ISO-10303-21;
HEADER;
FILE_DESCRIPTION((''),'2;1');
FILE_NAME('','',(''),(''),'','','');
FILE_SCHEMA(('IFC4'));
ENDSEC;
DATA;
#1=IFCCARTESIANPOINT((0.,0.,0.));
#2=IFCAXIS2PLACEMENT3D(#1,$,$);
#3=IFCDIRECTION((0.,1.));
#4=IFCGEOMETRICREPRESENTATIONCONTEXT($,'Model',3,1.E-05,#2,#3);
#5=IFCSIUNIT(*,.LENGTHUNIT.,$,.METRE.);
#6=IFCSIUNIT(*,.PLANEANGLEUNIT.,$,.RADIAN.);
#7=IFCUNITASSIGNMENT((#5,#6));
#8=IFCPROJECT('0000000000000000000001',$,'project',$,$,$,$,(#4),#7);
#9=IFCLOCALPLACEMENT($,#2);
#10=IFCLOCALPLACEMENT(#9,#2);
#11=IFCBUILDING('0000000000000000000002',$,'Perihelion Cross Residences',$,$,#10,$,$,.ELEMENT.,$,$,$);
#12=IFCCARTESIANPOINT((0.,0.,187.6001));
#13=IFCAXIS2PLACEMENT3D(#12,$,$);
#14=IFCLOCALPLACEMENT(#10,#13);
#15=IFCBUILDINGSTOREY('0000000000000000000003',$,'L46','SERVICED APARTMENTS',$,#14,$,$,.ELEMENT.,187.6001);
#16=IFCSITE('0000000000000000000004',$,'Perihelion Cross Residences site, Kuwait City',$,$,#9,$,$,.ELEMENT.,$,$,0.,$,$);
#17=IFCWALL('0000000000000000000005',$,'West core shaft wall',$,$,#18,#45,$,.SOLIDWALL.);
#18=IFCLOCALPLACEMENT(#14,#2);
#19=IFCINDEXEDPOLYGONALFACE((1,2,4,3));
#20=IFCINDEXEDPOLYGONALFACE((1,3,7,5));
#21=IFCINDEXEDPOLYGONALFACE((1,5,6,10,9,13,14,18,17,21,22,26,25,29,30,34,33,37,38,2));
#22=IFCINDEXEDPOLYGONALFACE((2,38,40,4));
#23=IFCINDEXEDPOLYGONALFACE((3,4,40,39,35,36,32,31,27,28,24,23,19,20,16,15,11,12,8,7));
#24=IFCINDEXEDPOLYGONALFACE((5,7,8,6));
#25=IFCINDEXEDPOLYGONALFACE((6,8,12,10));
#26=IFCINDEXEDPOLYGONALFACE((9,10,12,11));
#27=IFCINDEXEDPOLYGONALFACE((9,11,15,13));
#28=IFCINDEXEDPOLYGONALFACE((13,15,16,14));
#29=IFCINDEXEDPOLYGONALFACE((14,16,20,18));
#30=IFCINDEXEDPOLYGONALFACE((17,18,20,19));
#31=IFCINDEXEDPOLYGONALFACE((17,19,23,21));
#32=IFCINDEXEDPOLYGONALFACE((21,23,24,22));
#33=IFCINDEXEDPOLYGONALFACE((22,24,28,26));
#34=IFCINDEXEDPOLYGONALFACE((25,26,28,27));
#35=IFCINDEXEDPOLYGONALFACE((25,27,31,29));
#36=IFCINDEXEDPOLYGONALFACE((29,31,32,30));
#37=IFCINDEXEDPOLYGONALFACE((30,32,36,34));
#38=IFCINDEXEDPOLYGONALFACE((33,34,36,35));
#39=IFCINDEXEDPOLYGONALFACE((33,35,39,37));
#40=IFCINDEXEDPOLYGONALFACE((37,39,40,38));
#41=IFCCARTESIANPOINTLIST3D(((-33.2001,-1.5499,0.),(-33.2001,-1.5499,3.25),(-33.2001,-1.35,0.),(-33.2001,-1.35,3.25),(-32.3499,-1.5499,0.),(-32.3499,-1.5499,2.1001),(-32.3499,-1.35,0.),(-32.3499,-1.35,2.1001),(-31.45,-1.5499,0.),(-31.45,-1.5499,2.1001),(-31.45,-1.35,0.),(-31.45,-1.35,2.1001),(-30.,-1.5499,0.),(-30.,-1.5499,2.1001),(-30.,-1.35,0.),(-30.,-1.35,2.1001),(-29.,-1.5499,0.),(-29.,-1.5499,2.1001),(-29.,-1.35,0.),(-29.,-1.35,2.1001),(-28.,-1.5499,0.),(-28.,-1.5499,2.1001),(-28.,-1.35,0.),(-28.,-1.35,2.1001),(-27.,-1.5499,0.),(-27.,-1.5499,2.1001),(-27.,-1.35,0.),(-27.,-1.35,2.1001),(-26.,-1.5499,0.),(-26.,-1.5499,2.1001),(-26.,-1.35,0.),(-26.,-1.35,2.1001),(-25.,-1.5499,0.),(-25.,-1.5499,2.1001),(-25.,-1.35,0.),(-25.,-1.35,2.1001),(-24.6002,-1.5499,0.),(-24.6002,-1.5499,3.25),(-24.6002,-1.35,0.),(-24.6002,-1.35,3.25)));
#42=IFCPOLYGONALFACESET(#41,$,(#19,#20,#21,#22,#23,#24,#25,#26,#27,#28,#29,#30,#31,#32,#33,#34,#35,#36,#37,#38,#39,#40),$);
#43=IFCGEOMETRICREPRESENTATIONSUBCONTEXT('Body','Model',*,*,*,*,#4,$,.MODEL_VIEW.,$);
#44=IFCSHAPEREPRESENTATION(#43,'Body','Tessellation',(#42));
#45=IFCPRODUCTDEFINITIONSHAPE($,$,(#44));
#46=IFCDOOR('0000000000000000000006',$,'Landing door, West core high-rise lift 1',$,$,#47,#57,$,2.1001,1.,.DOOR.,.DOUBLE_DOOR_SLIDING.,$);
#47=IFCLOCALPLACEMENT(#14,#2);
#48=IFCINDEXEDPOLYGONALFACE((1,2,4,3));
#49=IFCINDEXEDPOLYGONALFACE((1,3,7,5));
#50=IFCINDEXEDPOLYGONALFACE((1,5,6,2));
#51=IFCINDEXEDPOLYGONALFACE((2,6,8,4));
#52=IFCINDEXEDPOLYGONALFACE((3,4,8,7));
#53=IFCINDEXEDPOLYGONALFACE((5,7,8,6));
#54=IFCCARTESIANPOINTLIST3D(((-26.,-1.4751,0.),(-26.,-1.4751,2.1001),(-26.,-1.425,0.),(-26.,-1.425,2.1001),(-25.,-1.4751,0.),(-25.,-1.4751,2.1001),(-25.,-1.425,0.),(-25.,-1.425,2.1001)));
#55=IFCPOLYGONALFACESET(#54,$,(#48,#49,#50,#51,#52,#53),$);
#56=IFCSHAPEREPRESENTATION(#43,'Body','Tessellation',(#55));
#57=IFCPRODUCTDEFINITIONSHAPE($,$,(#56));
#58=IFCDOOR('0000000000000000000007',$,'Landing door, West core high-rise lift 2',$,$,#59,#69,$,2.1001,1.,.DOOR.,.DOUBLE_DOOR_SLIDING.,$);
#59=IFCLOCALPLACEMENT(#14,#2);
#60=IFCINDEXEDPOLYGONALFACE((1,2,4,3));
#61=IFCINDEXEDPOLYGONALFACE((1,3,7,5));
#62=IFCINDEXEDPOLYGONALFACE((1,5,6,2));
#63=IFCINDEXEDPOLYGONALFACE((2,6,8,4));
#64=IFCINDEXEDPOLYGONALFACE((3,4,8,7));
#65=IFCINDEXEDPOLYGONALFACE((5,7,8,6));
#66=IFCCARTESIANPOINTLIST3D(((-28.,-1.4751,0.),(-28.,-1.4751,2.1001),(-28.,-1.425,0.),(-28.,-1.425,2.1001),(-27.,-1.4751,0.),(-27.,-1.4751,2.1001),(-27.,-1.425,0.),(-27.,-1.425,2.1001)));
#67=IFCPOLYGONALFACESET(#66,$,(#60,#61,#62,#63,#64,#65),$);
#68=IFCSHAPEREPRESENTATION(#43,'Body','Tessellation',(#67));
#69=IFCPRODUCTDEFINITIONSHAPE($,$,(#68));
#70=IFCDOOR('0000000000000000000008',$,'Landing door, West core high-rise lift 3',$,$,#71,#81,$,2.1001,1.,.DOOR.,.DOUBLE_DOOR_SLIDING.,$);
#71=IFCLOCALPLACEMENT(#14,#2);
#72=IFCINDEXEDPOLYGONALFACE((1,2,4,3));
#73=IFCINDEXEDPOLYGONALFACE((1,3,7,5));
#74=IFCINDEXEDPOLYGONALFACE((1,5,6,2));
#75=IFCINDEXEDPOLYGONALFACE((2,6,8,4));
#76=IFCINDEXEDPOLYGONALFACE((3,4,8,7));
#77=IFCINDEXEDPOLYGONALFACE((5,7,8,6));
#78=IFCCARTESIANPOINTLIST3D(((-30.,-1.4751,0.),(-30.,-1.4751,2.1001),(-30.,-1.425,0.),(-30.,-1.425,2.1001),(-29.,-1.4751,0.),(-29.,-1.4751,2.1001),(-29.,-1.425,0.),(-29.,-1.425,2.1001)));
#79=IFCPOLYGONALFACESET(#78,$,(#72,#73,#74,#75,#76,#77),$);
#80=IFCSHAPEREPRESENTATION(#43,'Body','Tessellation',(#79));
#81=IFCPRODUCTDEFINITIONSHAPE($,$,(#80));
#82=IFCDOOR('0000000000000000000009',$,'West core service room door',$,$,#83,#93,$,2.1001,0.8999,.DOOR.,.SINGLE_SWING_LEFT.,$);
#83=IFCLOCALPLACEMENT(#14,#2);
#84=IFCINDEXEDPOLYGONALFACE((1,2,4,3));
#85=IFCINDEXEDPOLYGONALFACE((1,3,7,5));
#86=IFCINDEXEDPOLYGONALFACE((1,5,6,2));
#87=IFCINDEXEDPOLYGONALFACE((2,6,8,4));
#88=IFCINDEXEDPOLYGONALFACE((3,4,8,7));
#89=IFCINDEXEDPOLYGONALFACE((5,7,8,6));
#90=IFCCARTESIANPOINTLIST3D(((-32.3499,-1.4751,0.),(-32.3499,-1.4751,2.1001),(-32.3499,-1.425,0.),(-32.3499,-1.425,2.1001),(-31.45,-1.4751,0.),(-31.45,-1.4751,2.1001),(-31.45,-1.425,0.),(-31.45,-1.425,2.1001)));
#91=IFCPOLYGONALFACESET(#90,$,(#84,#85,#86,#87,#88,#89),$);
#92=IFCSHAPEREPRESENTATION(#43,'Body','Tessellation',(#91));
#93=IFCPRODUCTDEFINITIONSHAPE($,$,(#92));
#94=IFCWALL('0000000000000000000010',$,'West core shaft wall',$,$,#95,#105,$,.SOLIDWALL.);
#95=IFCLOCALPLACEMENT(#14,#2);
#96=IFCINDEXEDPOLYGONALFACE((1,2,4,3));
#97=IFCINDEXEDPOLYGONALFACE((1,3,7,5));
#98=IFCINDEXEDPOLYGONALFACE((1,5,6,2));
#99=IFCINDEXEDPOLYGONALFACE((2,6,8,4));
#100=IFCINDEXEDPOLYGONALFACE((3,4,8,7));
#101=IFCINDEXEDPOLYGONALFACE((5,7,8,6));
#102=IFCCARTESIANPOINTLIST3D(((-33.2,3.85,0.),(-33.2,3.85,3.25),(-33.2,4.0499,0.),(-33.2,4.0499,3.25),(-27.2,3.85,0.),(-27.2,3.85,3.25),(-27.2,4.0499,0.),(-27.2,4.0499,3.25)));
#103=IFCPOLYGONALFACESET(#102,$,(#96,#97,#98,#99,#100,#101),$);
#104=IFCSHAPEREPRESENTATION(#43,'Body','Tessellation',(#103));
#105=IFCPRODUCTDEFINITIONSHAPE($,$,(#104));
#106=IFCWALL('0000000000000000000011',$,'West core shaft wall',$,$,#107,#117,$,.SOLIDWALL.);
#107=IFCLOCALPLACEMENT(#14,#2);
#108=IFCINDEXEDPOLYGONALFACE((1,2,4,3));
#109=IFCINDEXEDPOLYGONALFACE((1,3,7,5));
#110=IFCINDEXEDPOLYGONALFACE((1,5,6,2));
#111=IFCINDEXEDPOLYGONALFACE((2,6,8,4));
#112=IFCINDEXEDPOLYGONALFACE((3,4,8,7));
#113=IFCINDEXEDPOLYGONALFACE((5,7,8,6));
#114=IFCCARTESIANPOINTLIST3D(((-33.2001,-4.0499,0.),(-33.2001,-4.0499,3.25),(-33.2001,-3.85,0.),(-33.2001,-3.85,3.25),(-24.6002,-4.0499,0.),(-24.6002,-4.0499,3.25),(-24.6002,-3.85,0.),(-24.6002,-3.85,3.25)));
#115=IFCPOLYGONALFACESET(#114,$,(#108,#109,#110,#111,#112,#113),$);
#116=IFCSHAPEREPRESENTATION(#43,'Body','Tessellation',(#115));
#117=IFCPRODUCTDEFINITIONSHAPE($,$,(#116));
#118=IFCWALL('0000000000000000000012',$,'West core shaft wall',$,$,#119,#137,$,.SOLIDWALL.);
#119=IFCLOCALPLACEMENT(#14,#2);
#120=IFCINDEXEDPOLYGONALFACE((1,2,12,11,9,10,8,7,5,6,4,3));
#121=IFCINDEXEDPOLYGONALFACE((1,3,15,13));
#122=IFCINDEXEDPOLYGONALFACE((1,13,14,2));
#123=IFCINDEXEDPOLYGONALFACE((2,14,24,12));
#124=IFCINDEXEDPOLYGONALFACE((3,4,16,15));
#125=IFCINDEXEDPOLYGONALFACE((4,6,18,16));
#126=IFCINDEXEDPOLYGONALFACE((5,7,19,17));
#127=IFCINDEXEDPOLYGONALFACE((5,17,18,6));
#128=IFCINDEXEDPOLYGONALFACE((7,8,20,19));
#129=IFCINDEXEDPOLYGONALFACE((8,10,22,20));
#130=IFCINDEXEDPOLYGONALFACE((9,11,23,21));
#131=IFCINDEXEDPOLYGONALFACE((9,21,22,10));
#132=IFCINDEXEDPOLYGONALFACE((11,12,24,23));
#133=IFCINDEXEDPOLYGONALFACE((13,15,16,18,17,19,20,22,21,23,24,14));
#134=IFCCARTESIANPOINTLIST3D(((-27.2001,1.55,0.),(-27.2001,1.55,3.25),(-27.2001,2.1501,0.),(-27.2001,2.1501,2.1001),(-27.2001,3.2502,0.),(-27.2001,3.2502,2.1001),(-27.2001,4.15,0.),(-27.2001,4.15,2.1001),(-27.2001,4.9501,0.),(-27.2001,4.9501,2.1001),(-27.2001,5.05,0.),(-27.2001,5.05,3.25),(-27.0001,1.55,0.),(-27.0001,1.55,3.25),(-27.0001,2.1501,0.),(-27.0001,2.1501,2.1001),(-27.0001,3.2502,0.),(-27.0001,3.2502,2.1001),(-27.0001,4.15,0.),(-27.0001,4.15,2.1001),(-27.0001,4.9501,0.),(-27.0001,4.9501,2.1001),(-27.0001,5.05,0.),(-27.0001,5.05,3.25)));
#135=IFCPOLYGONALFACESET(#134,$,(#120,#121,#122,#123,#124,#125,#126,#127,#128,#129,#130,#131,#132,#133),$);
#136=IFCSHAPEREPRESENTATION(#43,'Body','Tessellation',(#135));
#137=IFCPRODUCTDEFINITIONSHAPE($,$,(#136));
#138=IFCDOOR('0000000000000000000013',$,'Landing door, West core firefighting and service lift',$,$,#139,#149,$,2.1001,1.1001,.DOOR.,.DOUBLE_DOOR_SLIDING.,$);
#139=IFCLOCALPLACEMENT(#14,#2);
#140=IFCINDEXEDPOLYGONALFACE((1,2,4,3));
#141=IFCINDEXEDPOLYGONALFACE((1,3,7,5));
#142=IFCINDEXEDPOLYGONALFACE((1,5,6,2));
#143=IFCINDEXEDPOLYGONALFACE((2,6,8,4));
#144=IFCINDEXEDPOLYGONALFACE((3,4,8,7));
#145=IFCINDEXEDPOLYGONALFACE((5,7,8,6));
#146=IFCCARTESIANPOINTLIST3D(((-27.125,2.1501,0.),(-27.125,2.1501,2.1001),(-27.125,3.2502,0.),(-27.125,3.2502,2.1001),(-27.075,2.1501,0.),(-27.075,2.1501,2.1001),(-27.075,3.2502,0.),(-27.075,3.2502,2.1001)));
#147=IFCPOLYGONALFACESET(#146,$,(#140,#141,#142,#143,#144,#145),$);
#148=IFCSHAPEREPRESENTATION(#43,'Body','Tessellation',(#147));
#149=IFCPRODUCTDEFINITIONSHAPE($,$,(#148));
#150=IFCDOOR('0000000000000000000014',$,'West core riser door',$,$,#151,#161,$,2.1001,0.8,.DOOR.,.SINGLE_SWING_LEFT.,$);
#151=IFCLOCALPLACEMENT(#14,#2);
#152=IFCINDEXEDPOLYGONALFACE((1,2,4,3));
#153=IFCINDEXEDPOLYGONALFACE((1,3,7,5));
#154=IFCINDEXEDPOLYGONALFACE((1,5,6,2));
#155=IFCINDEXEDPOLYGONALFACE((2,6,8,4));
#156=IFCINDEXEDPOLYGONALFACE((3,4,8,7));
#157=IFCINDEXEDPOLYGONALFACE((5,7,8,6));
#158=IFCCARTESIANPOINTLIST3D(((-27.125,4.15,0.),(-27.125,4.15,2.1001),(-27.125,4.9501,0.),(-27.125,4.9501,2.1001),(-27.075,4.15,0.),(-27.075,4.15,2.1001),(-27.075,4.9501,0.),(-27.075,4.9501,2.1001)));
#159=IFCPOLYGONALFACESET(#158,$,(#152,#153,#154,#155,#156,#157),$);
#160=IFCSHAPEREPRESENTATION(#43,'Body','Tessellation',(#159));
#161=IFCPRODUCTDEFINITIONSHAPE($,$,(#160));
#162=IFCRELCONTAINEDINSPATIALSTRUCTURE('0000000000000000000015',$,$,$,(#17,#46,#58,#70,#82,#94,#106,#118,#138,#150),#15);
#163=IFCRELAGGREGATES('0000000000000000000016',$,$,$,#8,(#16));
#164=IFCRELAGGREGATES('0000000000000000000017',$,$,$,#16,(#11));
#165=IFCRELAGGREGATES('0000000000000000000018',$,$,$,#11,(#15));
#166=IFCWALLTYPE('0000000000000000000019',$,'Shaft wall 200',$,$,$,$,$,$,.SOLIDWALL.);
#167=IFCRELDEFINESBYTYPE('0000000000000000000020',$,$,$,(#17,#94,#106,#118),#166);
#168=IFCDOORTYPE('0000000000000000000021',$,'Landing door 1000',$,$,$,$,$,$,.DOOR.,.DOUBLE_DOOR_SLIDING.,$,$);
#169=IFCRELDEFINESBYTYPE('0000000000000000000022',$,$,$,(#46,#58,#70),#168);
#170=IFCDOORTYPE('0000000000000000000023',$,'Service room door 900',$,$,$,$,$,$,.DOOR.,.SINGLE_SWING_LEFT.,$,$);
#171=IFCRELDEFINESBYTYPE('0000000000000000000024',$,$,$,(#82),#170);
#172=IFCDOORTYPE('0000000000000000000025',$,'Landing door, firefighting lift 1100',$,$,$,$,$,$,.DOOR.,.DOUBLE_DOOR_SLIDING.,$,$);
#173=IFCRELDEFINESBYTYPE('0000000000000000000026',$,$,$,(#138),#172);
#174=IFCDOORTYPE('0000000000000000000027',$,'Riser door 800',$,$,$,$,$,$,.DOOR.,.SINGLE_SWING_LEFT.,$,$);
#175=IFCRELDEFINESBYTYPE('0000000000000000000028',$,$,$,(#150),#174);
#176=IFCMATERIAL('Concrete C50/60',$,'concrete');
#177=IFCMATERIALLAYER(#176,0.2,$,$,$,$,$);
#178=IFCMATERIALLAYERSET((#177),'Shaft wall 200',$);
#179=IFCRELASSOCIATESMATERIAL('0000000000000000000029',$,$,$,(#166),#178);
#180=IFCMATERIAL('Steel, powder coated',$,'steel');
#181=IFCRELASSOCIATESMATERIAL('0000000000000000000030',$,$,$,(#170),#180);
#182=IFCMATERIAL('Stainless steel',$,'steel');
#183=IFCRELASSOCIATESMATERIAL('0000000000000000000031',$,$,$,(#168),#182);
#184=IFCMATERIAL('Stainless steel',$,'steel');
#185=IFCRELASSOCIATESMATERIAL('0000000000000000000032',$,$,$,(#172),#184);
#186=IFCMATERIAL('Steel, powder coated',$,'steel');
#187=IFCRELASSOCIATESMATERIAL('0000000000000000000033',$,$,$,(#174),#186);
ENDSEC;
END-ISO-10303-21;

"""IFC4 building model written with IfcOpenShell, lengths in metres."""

from ifc_helpers import new_model, si_unit, direction, frame, frame_2d, origin, place, context, subcontext, project, spatial, rectangle, extrude, material, layer, layer_set, type_object, element, fill, save


model = new_model("IFC4")

# Units and contexts
model_context = context("Model", 3, precision=1e-05, world=origin(), true_north=direction((0.0, 1.0)))
body_context = subcontext(model_context, "Body", "Model", "MODEL_VIEW")
ifc_project = project(units=[si_unit("LENGTHUNIT", "METRE"), si_unit("PLANEANGLEUNIT", "RADIAN")], contexts=[model_context])

# Site, building, storey
site_placement = place(None, origin())
site = spatial("IfcSite", under=ifc_project, at=site_placement, Name="Perihelion Cross Residences site, Kuwait City", CompositionType="ELEMENT", RefElevation=0.0)
building_placement = place(site_placement, origin())
building = spatial("IfcBuilding", under=site, at=building_placement, Name="Perihelion Cross Residences", CompositionType="ELEMENT")
storey_placement = place(building_placement, frame((0.0, 0.0, 187.6001)))
storey = spatial("IfcBuildingStorey", under=building, at=storey_placement, Name="L46", Description="SERVICED APARTMENTS", CompositionType="ELEMENT", Elevation=187.6001)

# Wall, openings, doors
ifc_material_1 = material(Name="Concrete C50/60", Category="concrete")
ifc_layer_1 = layer(ifc_material_1, 0.2)
ifc_layer_set_1 = layer_set([ifc_layer_1], Name="Shaft wall 200")
wall_type_1 = type_object("IfcWallType", Name="Shaft wall 200", PredefinedType="SOLIDWALL", material=ifc_layer_set_1)
ifc_material_2 = material(Name="Steel, powder coated", Category="steel")
door_type_1 = type_object("IfcDoorType", Name="Service room door 900", OperationType="SINGLE_SWING_LEFT", PredefinedType="DOOR", material=ifc_material_2)
wall_1_placement = place(storey_placement, frame((-33.2, -1.45, 0.0), z_axis=(0.0, 0.0, 1.0), x_axis=(1.0, 0.0, 0.0)))
wall_1 = element("IfcWall", 1, at=wall_1_placement, inside=storey, type_object=wall_type_1, Name="West core shaft wall", PredefinedType="SOLIDWALL", context=body_context, shape_type="SweptSolid", body=[
    extrude(rectangle(XDim=8.5999, YDim=0.2, at=frame_2d((4.2998, 0.0))), origin(), (0.0, 0.0, 1.0), 3.25),
])
opening_1_placement = place(wall_1_placement, frame((7.2, 0.0, 0.0)))
opening_1 = element("IfcOpeningElement", 2, at=opening_1_placement, cuts=wall_1, PredefinedType="OPENING", context=body_context, shape_type="SweptSolid", body=[
    extrude(rectangle(XDim=1.0, YDim=2.1001, at=frame_2d((0.5, 1.05))), frame((0.0, 0.1099, 0.0), z_axis=(0.0, -1.0, 0.0), x_axis=(1.0, 0.0, 0.0)), (0.0, 0.0, 1.0), 0.22),
])
opening_2_placement = place(wall_1_placement, frame((5.2, 0.0, 0.0)))
opening_2 = element("IfcOpeningElement", 3, at=opening_2_placement, cuts=wall_1, PredefinedType="OPENING", context=body_context, shape_type="SweptSolid", body=[
    extrude(rectangle(XDim=1.0, YDim=2.1001, at=frame_2d((0.5, 1.05))), frame((0.0, 0.1099, 0.0), z_axis=(0.0, -1.0, 0.0), x_axis=(1.0, 0.0, 0.0)), (0.0, 0.0, 1.0), 0.22),
])
opening_3_placement = place(wall_1_placement, frame((3.2, 0.0, 0.0)))
opening_3 = element("IfcOpeningElement", 4, at=opening_3_placement, cuts=wall_1, PredefinedType="OPENING", context=body_context, shape_type="SweptSolid", body=[
    extrude(rectangle(XDim=1.0, YDim=2.1001, at=frame_2d((0.5, 1.05))), frame((0.0, 0.1099, 0.0), z_axis=(0.0, -1.0, 0.0), x_axis=(1.0, 0.0, 0.0)), (0.0, 0.0, 1.0), 0.22),
])
opening_4_placement = place(wall_1_placement, frame((0.8501, 0.0, 0.0)))
opening_4 = element("IfcOpeningElement", 5, at=opening_4_placement, cuts=wall_1, PredefinedType="OPENING", context=body_context, shape_type="SweptSolid", body=[
    extrude(rectangle(XDim=0.8999, YDim=2.1001, at=frame_2d((0.45, 1.05))), frame((0.0, 0.1099, 0.0), z_axis=(0.0, -1.0, 0.0), x_axis=(1.0, 0.0, 0.0)), (0.0, 0.0, 1.0), 0.22),
])
ifc_material_3 = material(Name="Stainless steel", Category="steel")
door_type_2 = type_object("IfcDoorType", Name="Landing door 1000", OperationType="DOUBLE_DOOR_SLIDING", PredefinedType="DOOR", material=ifc_material_3)
door_1_placement = place(opening_1_placement, origin())
door_1 = element("IfcDoor", 6, at=door_1_placement, inside=storey, type_object=door_type_2, Name="Landing door, West core high-rise lift 1", OperationType="DOUBLE_DOOR_SLIDING", OverallHeight=2.1001, OverallWidth=1.0, PredefinedType="DOOR", context=body_context, shape_type="SweptSolid", body=[
    extrude(rectangle(XDim=1.0, YDim=2.1001, at=frame_2d((0.5, 1.05))), frame((0.0, 0.0249, 0.0), z_axis=(0.0, -1.0, 0.0), x_axis=(1.0, 0.0, 0.0)), (0.0, 0.0, 1.0), 0.05),
])
fill(opening_1, door_1)
door_2_placement = place(opening_2_placement, origin())
door_2 = element("IfcDoor", 7, at=door_2_placement, inside=storey, type_object=door_type_2, Name="Landing door, West core high-rise lift 2", OperationType="DOUBLE_DOOR_SLIDING", OverallHeight=2.1001, OverallWidth=1.0, PredefinedType="DOOR", context=body_context, shape_type="SweptSolid", body=[
    extrude(rectangle(XDim=1.0, YDim=2.1001, at=frame_2d((0.5, 1.05))), frame((0.0, 0.0249, 0.0), z_axis=(0.0, -1.0, 0.0), x_axis=(1.0, 0.0, 0.0)), (0.0, 0.0, 1.0), 0.05),
])
fill(opening_2, door_2)
door_3_placement = place(opening_3_placement, origin())
door_3 = element("IfcDoor", 8, at=door_3_placement, inside=storey, type_object=door_type_2, Name="Landing door, West core high-rise lift 3", OperationType="DOUBLE_DOOR_SLIDING", OverallHeight=2.1001, OverallWidth=1.0, PredefinedType="DOOR", context=body_context, shape_type="SweptSolid", body=[
    extrude(rectangle(XDim=1.0, YDim=2.1001, at=frame_2d((0.5, 1.05))), frame((0.0, 0.0249, 0.0), z_axis=(0.0, -1.0, 0.0), x_axis=(1.0, 0.0, 0.0)), (0.0, 0.0, 1.0), 0.05),
])
fill(opening_3, door_3)
door_4_placement = place(opening_4_placement, origin())
door_4 = element("IfcDoor", 9, at=door_4_placement, inside=storey, type_object=door_type_1, Name="West core service room door", OperationType="SINGLE_SWING_LEFT", OverallHeight=2.1001, OverallWidth=0.8999, PredefinedType="DOOR", context=body_context, shape_type="SweptSolid", body=[
    extrude(rectangle(XDim=0.8999, YDim=2.1001, at=frame_2d((0.45, 1.05))), frame((0.0, 0.0249, 0.0), z_axis=(0.0, -1.0, 0.0), x_axis=(1.0, 0.0, 0.0)), (0.0, 0.0, 1.0), 0.05),
])
fill(opening_4, door_4)

# Walls
wall_2_placement = place(storey_placement, frame((-33.2, 3.95, 0.0), z_axis=(0.0, 0.0, 1.0), x_axis=(1.0, 0.0, 0.0)))
element("IfcWall", 10, at=wall_2_placement, inside=storey, type_object=wall_type_1, Name="West core shaft wall", PredefinedType="SOLIDWALL", context=body_context, shape_type="SweptSolid", body=[
    extrude(rectangle(XDim=6.0, YDim=0.2, at=frame_2d((3.0, 0.0))), origin(), (0.0, 0.0, 1.0), 3.25),
])
wall_3_placement = place(storey_placement, frame((-33.2, -3.95, 0.0), z_axis=(0.0, 0.0, 1.0), x_axis=(1.0, 0.0, 0.0)))
element("IfcWall", 11, at=wall_3_placement, inside=storey, type_object=wall_type_1, Name="West core shaft wall", PredefinedType="SOLIDWALL", context=body_context, shape_type="SweptSolid", body=[
    extrude(rectangle(XDim=8.5999, YDim=0.2, at=frame_2d((4.2998, 0.0))), origin(), (0.0, 0.0, 1.0), 3.25),
])

# Wall, openings, doors
wall_4_placement = place(storey_placement, frame((-27.1001, 1.55, 0.0), z_axis=(0.0, 0.0, 1.0), x_axis=(0.0, 1.0, 0.0)))
wall_4 = element("IfcWall", 12, at=wall_4_placement, inside=storey, type_object=wall_type_1, Name="West core shaft wall", PredefinedType="SOLIDWALL", context=body_context, shape_type="SweptSolid", body=[
    extrude(rectangle(XDim=3.5, YDim=0.2, at=frame_2d((1.75, 0.0))), origin(), (0.0, 0.0, 1.0), 3.25),
])
opening_5_placement = place(wall_4_placement, frame((0.6001, 0.0, 0.0)))
opening_5 = element("IfcOpeningElement", 13, at=opening_5_placement, cuts=wall_4, PredefinedType="OPENING", context=body_context, shape_type="SweptSolid", body=[
    extrude(rectangle(XDim=1.1001, YDim=2.1001, at=frame_2d((0.55, 1.05))), frame((0.0, 0.1099, 0.0), z_axis=(0.0, -1.0, 0.0), x_axis=(1.0, 0.0, 0.0)), (0.0, 0.0, 1.0), 0.22),
])
opening_6_placement = place(wall_4_placement, frame((2.6001, 0.0, 0.0)))
opening_6 = element("IfcOpeningElement", 14, at=opening_6_placement, cuts=wall_4, PredefinedType="OPENING", context=body_context, shape_type="SweptSolid", body=[
    extrude(rectangle(XDim=0.8, YDim=2.1001, at=frame_2d((0.3999, 1.05))), frame((0.0, 0.1099, 0.0), z_axis=(0.0, -1.0, 0.0), x_axis=(1.0, 0.0, 0.0)), (0.0, 0.0, 1.0), 0.22),
])
ifc_material_4 = material(Name="Stainless steel", Category="steel")
door_type_3 = type_object("IfcDoorType", Name="Landing door, firefighting lift 1100", OperationType="DOUBLE_DOOR_SLIDING", PredefinedType="DOOR", material=ifc_material_4)
door_5_placement = place(opening_5_placement, origin())
door_5 = element("IfcDoor", 15, at=door_5_placement, inside=storey, type_object=door_type_3, Name="Landing door, West core firefighting and service lift", OperationType="DOUBLE_DOOR_SLIDING", OverallHeight=2.1001, OverallWidth=1.1001, PredefinedType="DOOR", context=body_context, shape_type="SweptSolid", body=[
    extrude(rectangle(XDim=1.1001, YDim=2.1001, at=frame_2d((0.55, 1.05))), frame((0.0, 0.0249, 0.0), z_axis=(0.0, -1.0, 0.0), x_axis=(1.0, 0.0, 0.0)), (0.0, 0.0, 1.0), 0.05),
])
fill(opening_5, door_5)
ifc_material_5 = material(Name="Steel, powder coated", Category="steel")
door_type_4 = type_object("IfcDoorType", Name="Riser door 800", OperationType="SINGLE_SWING_LEFT", PredefinedType="DOOR", material=ifc_material_5)
door_6_placement = place(opening_6_placement, origin())
door_6 = element("IfcDoor", 16, at=door_6_placement, inside=storey, type_object=door_type_4, Name="West core riser door", OperationType="SINGLE_SWING_LEFT", OverallHeight=2.1001, OverallWidth=0.8, PredefinedType="DOOR", context=body_context, shape_type="SweptSolid", body=[
    extrude(rectangle(XDim=0.8, YDim=2.1001, at=frame_2d((0.3999, 1.05))), frame((0.0, 0.0249, 0.0), z_axis=(0.0, -1.0, 0.0), x_axis=(1.0, 0.0, 0.0)), (0.0, 0.0, 1.0), 0.05),
])
fill(opening_6, door_6)

save(model, "model.ifc")
